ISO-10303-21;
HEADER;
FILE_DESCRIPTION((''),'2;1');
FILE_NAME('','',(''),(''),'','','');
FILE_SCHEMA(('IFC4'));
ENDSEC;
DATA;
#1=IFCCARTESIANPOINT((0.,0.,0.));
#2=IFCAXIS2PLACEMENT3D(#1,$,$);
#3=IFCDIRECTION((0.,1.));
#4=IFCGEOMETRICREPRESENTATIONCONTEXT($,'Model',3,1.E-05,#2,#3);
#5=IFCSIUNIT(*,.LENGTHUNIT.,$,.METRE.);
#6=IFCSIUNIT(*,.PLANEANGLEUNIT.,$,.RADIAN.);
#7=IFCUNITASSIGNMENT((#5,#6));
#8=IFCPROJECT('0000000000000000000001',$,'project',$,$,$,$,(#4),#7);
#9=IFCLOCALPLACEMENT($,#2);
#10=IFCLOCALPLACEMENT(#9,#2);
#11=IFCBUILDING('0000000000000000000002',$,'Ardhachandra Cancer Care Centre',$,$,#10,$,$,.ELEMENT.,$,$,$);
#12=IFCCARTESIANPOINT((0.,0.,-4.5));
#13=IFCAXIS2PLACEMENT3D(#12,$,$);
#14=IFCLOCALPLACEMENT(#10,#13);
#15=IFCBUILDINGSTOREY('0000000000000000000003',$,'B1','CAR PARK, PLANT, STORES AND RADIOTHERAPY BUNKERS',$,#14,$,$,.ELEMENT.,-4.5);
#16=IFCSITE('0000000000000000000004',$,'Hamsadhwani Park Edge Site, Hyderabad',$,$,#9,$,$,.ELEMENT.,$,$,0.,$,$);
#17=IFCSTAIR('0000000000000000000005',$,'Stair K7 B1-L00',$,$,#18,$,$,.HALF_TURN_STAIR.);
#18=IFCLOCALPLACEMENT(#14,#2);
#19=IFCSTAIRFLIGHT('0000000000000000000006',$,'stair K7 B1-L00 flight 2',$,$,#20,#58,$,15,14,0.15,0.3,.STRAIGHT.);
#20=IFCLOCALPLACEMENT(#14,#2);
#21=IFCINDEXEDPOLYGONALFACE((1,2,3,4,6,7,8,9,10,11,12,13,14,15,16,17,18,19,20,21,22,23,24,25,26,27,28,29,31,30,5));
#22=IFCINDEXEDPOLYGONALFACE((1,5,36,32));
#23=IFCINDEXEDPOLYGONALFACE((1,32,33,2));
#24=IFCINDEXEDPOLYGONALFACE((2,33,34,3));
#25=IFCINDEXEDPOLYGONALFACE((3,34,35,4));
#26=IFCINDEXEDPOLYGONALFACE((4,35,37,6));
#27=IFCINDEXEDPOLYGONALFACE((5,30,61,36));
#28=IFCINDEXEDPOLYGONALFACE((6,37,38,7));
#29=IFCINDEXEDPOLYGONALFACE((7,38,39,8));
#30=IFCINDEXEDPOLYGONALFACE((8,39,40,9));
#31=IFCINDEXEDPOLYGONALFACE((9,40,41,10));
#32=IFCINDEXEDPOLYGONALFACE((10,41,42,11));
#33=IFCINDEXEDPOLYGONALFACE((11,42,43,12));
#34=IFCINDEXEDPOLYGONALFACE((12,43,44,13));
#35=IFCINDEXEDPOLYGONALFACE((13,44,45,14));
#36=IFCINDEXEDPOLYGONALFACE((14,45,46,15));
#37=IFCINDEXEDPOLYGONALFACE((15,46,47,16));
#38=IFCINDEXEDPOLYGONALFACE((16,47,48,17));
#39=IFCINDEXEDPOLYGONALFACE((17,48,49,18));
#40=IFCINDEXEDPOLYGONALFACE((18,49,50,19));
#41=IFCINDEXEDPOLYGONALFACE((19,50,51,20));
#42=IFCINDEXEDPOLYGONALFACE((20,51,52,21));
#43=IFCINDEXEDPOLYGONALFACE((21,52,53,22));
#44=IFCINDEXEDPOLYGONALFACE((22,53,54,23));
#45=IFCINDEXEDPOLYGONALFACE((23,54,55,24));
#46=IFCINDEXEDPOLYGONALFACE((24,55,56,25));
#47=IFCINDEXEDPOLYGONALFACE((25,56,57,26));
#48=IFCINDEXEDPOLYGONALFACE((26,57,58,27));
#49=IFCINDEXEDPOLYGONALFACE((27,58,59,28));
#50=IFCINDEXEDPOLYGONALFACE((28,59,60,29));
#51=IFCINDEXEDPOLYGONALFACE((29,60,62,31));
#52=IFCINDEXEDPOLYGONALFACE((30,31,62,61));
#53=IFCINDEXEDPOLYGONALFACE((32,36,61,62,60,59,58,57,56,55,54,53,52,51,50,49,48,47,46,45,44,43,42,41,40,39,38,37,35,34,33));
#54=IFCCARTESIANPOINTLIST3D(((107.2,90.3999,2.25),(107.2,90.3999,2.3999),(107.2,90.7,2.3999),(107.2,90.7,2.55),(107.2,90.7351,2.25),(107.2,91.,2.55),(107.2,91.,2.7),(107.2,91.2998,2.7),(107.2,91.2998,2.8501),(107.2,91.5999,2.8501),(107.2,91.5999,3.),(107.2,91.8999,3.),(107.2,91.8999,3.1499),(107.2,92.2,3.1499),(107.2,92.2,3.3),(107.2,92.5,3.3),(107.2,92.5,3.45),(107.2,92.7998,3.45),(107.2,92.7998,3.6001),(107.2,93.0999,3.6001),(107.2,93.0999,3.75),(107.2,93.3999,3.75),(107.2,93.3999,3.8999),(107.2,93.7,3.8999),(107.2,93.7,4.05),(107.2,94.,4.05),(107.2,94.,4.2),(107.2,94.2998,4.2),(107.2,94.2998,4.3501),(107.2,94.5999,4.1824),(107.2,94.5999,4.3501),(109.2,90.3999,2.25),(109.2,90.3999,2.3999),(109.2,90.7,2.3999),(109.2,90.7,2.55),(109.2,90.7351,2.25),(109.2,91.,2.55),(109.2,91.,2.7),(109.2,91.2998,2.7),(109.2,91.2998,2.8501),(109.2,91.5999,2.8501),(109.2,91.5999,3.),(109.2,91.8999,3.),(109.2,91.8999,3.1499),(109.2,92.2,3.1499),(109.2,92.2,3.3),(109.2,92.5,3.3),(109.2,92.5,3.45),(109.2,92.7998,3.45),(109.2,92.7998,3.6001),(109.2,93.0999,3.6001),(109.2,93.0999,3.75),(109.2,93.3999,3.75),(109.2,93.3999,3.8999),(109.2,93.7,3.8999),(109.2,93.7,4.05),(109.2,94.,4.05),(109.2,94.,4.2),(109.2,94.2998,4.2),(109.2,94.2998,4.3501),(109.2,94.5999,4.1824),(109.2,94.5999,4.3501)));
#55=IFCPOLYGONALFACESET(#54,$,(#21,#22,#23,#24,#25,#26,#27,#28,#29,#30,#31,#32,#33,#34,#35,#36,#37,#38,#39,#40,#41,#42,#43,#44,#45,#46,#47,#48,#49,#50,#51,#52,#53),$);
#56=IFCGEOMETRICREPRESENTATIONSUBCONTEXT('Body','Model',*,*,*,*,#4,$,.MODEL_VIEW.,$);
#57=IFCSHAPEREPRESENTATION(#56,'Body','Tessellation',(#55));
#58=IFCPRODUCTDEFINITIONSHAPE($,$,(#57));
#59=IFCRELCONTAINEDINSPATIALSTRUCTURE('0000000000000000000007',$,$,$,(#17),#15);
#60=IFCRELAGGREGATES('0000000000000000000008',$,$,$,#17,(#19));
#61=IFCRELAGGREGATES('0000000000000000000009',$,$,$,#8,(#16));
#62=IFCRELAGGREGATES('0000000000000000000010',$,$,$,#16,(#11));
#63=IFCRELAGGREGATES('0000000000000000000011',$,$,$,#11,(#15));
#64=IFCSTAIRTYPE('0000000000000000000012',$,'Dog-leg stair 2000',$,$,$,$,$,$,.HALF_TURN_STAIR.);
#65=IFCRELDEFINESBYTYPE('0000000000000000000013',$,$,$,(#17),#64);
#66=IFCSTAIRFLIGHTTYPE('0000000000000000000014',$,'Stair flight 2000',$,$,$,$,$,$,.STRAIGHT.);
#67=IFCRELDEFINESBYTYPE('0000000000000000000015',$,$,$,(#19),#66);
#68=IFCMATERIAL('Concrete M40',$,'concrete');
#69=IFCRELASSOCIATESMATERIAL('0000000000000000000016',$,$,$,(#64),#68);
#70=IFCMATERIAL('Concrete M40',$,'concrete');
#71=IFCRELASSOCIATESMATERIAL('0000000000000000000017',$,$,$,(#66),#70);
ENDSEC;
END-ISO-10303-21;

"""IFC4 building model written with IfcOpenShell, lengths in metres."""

from ifc_helpers import new_model, si_unit, direction, frame, origin, place, context, subcontext, project, spatial, polyline, outline, extrude, material, type_object, element, aggregate, save


model = new_model("IFC4")

# Units and contexts
model_context = context("Model", 3, precision=1e-05, world=origin(), true_north=direction((0.0, 1.0)))
body_context = subcontext(model_context, "Body", "Model", "MODEL_VIEW")
ifc_project = project(units=[si_unit("LENGTHUNIT", "METRE"), si_unit("PLANEANGLEUNIT", "RADIAN")], contexts=[model_context])

# Site, building, storey
site_placement = place(None, origin())
site = spatial("IfcSite", under=ifc_project, at=site_placement, Name="Hamsadhwani Park Edge Site, Hyderabad", CompositionType="ELEMENT", RefElevation=0.0)
building_placement = place(site_placement, origin())
building = spatial("IfcBuilding", under=site, at=building_placement, Name="Ardhachandra Cancer Care Centre", CompositionType="ELEMENT")
storey_placement = place(building_placement, frame((0.0, 0.0, -4.5)))
storey = spatial("IfcBuildingStorey", under=building, at=storey_placement, Name="B1", Description="CAR PARK, PLANT, STORES AND RADIOTHERAPY BUNKERS", CompositionType="ELEMENT", Elevation=-4.5)

# Stair, stair flight
ifc_material_1 = material(Name="Concrete M40", Category="concrete")
stair_type = type_object("IfcStairType", Name="Dog-leg stair 2000", PredefinedType="HALF_TURN_STAIR", material=ifc_material_1)
stair_placement = place(storey_placement, origin())
stair = element("IfcStair", 1, at=stair_placement, inside=storey, type_object=stair_type, Name="Stair K7 B1-L00", PredefinedType="HALF_TURN_STAIR")
ifc_material_2 = material(Name="Concrete M40", Category="concrete")
stair_flight_type = type_object("IfcStairFlightType", Name="Stair flight 2000", PredefinedType="STRAIGHT", material=ifc_material_2)
stair_flight_1_placement = place(storey_placement, frame((108.2, 90.3999, 2.25), z_axis=(0.0, 0.0, 1.0), x_axis=(0.0, 1.0, 0.0)))
stair_flight_1 = element("IfcStairFlight", 2, at=stair_flight_1_placement, type_object=stair_flight_type, Name="stair K7 B1-L00 flight 2", NumberOfRisers=15, NumberOfTreads=14, PredefinedType="STRAIGHT", RiserHeight=0.15, TreadLength=0.3, context=body_context, shape_type="SweptSolid", body=[
    extrude(outline(polyline([(0.0, 0.0), (0.0, 0.1499), (0.3, 0.1499), (0.3, 0.3), (0.6001, 0.3), (0.6001, 0.45), (0.8999, 0.45), (0.8999, 0.6001), (1.2, 0.6001), (1.2, 0.75), (1.5, 0.75), (1.5, 0.8999), (1.8, 0.8999), (1.8, 1.05), (2.1001, 1.05), (2.1001, 1.2), (2.3999, 1.2), (2.3999, 1.3501), (2.7, 1.3501), (2.7, 1.5), (3.0, 1.5), (3.0, 1.6499), (3.3, 1.6499), (3.3, 1.8), (3.6001, 1.8), (3.6001, 1.95), (3.8999, 1.95), (3.8999, 2.1001), (4.2, 2.1001), (4.2, 2.25), (4.2, 1.9324), (0.3352, 0.0), (0.0, 0.0)])), frame((0.0, 1.0, 0.0), z_axis=(0.0, -1.0, 0.0), x_axis=(1.0, 0.0, 0.0)), (0.0, 0.0, 1.0), 2.0),
])
aggregate(stair, [stair_flight_1])

save(model, "model.ifc")
